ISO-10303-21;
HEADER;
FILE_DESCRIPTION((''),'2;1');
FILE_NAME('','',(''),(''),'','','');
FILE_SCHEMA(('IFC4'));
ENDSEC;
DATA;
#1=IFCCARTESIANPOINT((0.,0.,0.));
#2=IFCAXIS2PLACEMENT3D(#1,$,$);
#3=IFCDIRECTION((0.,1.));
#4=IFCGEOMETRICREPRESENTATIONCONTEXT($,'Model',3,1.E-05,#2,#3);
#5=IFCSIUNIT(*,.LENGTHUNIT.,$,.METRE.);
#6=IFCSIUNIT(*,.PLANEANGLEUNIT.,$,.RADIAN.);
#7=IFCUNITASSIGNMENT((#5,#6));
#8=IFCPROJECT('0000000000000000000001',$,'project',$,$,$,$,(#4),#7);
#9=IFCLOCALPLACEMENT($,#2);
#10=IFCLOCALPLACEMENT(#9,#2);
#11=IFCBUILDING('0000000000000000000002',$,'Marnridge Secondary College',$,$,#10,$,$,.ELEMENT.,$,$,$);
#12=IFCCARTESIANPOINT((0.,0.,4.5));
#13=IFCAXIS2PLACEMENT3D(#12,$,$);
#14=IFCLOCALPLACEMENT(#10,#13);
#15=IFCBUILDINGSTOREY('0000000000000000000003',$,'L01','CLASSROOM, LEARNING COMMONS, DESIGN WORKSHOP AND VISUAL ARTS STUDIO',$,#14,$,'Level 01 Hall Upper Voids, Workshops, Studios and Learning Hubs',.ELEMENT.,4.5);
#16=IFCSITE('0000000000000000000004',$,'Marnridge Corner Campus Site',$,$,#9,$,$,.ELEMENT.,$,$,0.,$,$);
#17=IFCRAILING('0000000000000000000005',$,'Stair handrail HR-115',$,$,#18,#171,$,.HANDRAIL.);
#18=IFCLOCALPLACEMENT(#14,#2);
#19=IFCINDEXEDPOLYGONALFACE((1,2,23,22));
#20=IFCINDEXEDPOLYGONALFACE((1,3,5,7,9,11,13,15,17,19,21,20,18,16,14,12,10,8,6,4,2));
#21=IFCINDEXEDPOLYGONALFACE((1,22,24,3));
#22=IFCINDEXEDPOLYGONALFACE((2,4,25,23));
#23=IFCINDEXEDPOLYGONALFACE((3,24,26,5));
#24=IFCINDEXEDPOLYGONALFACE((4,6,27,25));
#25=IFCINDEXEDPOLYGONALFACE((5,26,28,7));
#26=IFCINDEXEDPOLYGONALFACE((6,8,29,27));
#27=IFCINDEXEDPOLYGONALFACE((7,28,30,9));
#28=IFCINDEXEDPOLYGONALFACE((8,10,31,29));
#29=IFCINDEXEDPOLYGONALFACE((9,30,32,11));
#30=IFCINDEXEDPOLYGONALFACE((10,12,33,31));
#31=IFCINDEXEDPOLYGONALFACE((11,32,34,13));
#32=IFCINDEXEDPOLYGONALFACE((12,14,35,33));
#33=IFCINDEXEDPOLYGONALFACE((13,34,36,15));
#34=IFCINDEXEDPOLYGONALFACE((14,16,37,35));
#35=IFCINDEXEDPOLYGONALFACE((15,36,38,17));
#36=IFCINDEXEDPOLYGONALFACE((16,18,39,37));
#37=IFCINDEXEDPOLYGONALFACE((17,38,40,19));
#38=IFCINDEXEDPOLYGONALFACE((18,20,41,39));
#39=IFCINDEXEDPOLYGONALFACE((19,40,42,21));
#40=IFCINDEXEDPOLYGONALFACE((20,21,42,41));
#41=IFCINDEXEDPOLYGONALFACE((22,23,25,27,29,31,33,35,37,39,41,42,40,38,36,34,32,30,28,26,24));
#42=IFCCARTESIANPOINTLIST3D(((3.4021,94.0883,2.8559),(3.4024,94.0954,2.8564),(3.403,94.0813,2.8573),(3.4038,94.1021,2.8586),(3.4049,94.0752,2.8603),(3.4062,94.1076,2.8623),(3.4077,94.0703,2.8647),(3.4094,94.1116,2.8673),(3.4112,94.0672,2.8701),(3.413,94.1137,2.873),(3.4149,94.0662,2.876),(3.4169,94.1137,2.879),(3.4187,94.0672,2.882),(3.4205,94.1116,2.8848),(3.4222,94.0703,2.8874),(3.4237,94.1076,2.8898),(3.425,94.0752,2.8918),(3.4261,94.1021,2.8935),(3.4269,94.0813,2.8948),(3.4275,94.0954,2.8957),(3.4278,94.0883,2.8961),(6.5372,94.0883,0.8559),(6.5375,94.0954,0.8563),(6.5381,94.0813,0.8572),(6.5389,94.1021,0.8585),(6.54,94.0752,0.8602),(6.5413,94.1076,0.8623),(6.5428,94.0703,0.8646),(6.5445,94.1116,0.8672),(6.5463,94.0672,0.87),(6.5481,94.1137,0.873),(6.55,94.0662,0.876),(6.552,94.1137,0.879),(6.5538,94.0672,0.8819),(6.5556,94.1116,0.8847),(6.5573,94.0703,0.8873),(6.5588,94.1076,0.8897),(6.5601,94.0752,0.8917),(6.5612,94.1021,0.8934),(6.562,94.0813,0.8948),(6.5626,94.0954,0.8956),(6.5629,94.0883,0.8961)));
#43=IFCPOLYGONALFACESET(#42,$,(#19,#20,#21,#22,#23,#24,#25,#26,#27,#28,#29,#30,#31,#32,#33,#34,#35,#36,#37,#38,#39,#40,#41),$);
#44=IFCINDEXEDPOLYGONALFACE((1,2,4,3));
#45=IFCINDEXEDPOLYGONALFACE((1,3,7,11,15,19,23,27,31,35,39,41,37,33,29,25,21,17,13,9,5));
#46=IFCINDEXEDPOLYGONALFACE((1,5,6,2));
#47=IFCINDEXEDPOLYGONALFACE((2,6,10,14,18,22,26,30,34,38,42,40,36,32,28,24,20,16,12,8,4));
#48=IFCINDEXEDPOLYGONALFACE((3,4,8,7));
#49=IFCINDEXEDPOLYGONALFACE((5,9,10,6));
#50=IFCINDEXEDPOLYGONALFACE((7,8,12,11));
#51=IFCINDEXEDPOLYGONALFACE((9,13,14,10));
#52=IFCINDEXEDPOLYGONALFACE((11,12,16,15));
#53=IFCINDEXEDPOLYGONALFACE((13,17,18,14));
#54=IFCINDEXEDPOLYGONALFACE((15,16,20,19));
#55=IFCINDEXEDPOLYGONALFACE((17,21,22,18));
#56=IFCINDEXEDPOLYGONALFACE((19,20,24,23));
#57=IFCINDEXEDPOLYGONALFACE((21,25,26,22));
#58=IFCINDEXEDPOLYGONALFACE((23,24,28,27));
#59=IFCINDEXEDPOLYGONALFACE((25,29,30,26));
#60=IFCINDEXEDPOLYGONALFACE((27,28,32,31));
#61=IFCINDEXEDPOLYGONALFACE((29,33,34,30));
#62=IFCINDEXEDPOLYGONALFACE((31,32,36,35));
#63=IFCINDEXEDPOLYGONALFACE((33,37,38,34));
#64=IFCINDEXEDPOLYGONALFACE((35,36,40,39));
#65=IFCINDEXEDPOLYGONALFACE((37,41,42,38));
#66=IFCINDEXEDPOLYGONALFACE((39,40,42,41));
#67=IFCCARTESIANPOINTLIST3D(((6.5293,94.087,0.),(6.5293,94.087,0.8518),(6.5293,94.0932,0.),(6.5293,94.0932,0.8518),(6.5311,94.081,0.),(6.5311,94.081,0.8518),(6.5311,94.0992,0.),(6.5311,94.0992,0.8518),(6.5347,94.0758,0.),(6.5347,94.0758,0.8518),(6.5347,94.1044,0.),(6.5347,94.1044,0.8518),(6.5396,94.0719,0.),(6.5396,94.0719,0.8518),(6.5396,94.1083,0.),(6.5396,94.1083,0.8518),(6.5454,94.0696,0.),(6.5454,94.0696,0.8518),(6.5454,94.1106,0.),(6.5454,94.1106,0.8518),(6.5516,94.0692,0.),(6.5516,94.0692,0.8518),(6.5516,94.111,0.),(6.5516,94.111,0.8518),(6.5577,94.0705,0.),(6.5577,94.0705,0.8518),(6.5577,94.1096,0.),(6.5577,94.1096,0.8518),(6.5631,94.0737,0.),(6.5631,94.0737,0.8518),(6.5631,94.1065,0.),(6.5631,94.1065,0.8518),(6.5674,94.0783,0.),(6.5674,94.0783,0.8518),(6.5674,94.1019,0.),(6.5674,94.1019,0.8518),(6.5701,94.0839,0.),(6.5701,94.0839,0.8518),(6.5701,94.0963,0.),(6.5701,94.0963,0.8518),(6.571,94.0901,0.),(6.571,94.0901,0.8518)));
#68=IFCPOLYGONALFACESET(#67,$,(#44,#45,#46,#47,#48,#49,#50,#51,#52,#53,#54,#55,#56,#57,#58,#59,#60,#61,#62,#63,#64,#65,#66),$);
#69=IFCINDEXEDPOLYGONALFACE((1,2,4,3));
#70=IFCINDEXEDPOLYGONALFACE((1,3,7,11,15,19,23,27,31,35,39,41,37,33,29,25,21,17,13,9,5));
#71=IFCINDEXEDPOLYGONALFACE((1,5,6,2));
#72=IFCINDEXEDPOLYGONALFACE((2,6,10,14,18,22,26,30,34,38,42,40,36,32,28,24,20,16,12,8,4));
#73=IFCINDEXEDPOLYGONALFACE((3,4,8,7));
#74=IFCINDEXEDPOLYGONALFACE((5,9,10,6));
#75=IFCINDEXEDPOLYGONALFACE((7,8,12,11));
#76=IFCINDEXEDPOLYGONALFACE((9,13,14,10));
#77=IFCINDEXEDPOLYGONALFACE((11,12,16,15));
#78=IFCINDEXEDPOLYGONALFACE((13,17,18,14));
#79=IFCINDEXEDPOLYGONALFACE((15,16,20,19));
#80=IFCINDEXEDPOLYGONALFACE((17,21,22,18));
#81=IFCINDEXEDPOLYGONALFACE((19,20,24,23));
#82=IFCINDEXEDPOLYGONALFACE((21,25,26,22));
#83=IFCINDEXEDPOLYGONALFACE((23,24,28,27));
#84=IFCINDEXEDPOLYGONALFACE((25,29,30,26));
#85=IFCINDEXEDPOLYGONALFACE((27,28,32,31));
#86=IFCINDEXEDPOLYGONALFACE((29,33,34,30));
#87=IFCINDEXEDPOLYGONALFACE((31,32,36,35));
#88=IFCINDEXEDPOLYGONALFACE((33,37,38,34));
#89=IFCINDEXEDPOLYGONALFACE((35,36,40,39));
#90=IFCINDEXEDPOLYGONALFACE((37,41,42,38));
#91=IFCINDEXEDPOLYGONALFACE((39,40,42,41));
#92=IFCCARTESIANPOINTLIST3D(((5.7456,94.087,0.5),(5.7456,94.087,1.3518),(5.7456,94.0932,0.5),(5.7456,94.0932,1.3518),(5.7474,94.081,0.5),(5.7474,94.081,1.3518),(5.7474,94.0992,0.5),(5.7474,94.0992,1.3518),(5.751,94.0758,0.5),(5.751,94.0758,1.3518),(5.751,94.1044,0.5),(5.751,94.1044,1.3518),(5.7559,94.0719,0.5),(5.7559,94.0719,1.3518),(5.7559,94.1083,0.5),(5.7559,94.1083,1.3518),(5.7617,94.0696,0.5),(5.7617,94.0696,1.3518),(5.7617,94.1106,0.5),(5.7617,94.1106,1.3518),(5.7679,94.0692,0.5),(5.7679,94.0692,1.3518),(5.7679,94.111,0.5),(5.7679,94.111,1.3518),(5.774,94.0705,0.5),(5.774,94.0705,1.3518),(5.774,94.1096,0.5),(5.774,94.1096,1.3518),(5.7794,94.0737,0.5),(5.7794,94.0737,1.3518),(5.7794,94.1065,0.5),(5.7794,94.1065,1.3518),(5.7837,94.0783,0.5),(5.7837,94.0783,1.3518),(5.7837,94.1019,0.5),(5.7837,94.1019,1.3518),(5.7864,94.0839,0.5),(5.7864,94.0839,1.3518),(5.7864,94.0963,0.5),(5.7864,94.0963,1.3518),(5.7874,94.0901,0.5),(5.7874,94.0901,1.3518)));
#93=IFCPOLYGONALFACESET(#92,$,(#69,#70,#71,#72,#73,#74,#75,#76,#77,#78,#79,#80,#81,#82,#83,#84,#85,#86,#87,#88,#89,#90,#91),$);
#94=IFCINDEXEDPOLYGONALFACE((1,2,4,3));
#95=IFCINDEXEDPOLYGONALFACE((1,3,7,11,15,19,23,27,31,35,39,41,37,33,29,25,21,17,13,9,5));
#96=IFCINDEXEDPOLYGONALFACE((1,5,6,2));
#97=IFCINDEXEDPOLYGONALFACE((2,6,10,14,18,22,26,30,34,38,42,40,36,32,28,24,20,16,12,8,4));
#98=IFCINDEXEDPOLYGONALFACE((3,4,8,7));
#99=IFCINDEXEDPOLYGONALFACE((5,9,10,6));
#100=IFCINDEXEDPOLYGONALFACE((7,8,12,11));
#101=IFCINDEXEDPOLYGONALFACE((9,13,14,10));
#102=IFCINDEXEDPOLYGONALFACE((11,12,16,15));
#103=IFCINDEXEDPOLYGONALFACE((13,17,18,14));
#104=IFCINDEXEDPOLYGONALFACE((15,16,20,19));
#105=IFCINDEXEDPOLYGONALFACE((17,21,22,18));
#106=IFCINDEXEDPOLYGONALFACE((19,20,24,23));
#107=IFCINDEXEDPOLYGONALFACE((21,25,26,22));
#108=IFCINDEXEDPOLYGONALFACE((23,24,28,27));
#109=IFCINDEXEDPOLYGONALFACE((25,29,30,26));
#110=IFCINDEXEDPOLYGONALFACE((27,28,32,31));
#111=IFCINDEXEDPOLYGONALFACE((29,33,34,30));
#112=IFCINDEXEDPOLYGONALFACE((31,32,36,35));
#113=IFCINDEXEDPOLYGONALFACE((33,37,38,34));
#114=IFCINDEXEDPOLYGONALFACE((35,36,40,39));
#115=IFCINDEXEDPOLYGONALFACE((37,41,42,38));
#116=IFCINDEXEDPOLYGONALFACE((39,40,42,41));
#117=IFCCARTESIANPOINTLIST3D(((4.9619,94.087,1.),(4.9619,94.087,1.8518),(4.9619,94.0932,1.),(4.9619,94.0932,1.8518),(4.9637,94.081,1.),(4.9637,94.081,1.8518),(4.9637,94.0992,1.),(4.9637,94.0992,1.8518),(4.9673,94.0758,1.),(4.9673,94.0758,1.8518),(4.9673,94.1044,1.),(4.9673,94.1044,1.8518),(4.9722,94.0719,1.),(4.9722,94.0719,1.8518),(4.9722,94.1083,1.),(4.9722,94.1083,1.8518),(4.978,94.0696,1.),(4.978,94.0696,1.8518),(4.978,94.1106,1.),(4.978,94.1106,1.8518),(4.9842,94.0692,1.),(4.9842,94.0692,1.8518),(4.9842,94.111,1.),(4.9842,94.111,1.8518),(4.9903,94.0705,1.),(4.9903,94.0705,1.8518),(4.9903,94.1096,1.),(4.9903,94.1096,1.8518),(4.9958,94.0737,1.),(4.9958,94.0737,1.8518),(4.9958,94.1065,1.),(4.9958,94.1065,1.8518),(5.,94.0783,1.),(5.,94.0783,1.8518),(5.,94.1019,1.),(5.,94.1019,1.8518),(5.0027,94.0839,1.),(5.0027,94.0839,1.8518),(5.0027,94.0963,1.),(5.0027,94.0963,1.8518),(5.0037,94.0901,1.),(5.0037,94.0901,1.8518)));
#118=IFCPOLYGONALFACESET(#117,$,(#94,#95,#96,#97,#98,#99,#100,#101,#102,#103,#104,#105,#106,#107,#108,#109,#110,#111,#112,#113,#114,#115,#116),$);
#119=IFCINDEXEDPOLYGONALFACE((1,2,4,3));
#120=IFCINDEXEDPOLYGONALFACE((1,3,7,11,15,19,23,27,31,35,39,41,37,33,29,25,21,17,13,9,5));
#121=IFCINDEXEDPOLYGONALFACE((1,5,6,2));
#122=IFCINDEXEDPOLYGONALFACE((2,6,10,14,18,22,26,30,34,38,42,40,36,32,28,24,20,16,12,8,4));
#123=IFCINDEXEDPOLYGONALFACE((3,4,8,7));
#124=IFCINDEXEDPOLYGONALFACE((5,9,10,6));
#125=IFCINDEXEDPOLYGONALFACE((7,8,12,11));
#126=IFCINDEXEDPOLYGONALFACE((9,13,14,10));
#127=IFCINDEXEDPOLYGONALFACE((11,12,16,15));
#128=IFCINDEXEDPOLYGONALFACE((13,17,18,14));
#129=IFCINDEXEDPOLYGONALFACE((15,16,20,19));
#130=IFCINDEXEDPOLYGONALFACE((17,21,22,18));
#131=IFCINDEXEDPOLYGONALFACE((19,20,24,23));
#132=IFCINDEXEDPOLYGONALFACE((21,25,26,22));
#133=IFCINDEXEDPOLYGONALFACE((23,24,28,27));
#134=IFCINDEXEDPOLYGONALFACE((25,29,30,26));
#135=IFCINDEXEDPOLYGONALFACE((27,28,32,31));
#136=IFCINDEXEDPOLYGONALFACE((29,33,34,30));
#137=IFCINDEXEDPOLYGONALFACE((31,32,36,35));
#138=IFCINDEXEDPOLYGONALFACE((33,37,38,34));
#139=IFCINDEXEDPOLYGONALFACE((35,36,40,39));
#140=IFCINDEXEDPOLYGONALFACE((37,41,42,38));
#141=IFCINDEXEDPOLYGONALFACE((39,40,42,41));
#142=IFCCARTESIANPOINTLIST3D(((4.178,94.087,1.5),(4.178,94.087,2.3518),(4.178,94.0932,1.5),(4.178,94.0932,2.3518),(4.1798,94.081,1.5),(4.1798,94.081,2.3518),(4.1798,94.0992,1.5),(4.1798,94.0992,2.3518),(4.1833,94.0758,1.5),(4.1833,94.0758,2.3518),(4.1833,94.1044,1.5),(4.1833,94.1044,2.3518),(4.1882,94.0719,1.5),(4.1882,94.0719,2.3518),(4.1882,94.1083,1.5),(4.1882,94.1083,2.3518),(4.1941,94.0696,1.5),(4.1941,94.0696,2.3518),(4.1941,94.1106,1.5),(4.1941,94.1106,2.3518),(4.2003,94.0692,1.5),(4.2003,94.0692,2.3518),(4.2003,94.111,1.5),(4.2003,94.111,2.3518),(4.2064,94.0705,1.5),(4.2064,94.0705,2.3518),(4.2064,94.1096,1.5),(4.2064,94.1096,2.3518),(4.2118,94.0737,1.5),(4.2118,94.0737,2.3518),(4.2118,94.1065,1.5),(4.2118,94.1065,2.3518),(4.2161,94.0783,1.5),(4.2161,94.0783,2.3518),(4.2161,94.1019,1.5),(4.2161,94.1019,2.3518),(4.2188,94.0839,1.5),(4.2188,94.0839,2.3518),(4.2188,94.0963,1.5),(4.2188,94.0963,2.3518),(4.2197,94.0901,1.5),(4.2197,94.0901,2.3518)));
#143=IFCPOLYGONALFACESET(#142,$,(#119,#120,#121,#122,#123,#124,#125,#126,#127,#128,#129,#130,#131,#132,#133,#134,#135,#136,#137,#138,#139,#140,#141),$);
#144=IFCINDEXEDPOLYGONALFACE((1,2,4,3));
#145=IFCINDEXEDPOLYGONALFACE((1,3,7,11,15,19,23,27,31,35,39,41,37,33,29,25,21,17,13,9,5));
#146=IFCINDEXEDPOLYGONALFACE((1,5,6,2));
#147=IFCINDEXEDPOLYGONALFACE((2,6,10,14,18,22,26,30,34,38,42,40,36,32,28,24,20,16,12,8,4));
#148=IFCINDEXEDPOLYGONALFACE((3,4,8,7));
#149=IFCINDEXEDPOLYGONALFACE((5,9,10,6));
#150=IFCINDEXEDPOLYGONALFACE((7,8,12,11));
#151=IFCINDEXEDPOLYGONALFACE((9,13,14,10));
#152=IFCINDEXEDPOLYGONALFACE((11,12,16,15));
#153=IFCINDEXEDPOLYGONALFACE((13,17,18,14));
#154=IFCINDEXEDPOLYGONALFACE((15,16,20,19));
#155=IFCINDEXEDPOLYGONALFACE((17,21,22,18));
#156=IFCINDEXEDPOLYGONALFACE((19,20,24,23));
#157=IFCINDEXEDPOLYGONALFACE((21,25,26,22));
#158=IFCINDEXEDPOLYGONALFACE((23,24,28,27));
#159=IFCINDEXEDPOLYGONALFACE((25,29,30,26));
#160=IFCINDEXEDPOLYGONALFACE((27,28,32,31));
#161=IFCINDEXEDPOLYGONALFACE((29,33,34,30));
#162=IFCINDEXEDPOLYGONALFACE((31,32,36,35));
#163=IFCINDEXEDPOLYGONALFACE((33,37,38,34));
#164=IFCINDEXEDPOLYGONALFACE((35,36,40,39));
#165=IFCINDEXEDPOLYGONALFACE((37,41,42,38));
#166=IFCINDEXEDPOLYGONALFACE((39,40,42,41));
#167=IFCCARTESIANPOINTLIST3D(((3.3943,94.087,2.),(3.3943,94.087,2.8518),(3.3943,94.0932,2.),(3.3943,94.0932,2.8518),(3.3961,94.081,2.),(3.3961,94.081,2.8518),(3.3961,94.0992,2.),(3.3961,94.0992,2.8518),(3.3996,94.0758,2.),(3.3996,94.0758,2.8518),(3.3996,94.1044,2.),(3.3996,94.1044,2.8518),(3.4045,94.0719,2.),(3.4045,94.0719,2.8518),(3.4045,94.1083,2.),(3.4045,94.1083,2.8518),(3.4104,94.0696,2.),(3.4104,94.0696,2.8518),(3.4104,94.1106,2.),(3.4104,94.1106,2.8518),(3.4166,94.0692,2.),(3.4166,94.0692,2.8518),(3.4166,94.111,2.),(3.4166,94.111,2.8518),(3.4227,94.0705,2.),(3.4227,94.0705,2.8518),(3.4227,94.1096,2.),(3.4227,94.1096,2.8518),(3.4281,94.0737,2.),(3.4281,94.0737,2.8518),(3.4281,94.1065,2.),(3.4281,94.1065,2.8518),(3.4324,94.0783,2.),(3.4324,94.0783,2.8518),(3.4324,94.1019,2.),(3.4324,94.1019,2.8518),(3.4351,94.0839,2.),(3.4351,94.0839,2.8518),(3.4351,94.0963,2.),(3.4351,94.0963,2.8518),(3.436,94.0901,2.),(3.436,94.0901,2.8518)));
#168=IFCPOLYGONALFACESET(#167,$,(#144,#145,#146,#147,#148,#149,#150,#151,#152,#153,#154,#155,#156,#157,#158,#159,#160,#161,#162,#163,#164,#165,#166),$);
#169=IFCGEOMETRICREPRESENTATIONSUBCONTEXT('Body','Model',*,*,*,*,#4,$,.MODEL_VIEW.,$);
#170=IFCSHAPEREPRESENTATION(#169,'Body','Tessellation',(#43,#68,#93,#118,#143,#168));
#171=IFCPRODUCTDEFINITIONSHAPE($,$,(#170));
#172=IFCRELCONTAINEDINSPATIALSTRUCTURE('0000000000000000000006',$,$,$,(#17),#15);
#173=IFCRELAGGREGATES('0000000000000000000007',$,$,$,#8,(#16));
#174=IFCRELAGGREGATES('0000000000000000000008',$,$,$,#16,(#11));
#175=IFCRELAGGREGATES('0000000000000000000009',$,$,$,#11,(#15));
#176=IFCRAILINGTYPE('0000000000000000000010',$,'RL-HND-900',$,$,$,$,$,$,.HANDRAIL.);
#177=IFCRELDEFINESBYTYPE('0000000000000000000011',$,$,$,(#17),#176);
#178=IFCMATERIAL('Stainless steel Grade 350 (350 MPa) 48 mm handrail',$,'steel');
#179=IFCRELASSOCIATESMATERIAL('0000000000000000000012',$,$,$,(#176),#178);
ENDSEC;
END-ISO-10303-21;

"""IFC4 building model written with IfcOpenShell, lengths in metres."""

from ifc_helpers import new_model, si_unit, direction, frame, origin, origin_2d, place, context, subcontext, project, spatial, circle, extrude, material, type_object, element, save


model = new_model("IFC4")

# Units and contexts
model_context = context("Model", 3, precision=1e-05, world=origin(), true_north=direction((0.0, 1.0)))
body_context = subcontext(model_context, "Body", "Model", "MODEL_VIEW")
ifc_project = project(units=[si_unit("LENGTHUNIT", "METRE"), si_unit("PLANEANGLEUNIT", "RADIAN")], contexts=[model_context])

# Site, building, storey
site_placement = place(None, origin())
site = spatial("IfcSite", under=ifc_project, at=site_placement, Name="Marnridge Corner Campus Site", CompositionType="ELEMENT", RefElevation=0.0)
building_placement = place(site_placement, origin())
building = spatial("IfcBuilding", under=site, at=building_placement, Name="Marnridge Secondary College", CompositionType="ELEMENT")
storey_placement = place(building_placement, frame((0.0, 0.0, 4.5)))
storey = spatial("IfcBuildingStorey", under=building, at=storey_placement, Name="L01", Description="CLASSROOM, LEARNING COMMONS, DESIGN WORKSHOP AND VISUAL ARTS STUDIO", LongName="Level 01 Hall Upper Voids, Workshops, Studios and Learning Hubs", CompositionType="ELEMENT", Elevation=4.5)

# Railing
ifc_material_1 = material(Name="Stainless steel Grade 350 (350 MPa) 48 mm handrail", Category="steel")
railing_type_1 = type_object("IfcRailingType", Name="RL-HND-900", PredefinedType="HANDRAIL", material=ifc_material_1)
railing_1_placement = place(storey_placement, frame((6.55, 94.0901, 0.0)))
element("IfcRailing", 1, at=railing_1_placement, inside=storey, type_object=railing_type_1, Name="Stair handrail HR-115", PredefinedType="HANDRAIL", context=body_context, shape_type="SweptSolid", body=[
    extrude(circle(Radius=0.0239, at=origin_2d()), frame((0.0, 0.0, 0.876), z_axis=(-0.843053, 0.0, 0.537831), x_axis=(0.0, -1.0, 0.0)), (0.0, 0.0, 1.0), 3.7188),
    extrude(circle(Radius=0.021, at=origin_2d()), origin(), (0.0, 0.0, 1.0), 0.8518),
    extrude(circle(Radius=0.021, at=origin_2d()), frame((-0.7837, 0.0, 0.5)), (0.0, 0.0, 1.0), 0.8518),
    extrude(circle(Radius=0.021, at=origin_2d()), frame((-1.5674, 0.0, 1.0)), (0.0, 0.0, 1.0), 0.8518),
    extrude(circle(Radius=0.021, at=origin_2d()), frame((-2.3513, 0.0, 1.5)), (0.0, 0.0, 1.0), 0.8518),
    extrude(circle(Radius=0.021, at=origin_2d()), frame((-3.135, 0.0, 2.0)), (0.0, 0.0, 1.0), 0.8518),
])

save(model, "model.ifc")
